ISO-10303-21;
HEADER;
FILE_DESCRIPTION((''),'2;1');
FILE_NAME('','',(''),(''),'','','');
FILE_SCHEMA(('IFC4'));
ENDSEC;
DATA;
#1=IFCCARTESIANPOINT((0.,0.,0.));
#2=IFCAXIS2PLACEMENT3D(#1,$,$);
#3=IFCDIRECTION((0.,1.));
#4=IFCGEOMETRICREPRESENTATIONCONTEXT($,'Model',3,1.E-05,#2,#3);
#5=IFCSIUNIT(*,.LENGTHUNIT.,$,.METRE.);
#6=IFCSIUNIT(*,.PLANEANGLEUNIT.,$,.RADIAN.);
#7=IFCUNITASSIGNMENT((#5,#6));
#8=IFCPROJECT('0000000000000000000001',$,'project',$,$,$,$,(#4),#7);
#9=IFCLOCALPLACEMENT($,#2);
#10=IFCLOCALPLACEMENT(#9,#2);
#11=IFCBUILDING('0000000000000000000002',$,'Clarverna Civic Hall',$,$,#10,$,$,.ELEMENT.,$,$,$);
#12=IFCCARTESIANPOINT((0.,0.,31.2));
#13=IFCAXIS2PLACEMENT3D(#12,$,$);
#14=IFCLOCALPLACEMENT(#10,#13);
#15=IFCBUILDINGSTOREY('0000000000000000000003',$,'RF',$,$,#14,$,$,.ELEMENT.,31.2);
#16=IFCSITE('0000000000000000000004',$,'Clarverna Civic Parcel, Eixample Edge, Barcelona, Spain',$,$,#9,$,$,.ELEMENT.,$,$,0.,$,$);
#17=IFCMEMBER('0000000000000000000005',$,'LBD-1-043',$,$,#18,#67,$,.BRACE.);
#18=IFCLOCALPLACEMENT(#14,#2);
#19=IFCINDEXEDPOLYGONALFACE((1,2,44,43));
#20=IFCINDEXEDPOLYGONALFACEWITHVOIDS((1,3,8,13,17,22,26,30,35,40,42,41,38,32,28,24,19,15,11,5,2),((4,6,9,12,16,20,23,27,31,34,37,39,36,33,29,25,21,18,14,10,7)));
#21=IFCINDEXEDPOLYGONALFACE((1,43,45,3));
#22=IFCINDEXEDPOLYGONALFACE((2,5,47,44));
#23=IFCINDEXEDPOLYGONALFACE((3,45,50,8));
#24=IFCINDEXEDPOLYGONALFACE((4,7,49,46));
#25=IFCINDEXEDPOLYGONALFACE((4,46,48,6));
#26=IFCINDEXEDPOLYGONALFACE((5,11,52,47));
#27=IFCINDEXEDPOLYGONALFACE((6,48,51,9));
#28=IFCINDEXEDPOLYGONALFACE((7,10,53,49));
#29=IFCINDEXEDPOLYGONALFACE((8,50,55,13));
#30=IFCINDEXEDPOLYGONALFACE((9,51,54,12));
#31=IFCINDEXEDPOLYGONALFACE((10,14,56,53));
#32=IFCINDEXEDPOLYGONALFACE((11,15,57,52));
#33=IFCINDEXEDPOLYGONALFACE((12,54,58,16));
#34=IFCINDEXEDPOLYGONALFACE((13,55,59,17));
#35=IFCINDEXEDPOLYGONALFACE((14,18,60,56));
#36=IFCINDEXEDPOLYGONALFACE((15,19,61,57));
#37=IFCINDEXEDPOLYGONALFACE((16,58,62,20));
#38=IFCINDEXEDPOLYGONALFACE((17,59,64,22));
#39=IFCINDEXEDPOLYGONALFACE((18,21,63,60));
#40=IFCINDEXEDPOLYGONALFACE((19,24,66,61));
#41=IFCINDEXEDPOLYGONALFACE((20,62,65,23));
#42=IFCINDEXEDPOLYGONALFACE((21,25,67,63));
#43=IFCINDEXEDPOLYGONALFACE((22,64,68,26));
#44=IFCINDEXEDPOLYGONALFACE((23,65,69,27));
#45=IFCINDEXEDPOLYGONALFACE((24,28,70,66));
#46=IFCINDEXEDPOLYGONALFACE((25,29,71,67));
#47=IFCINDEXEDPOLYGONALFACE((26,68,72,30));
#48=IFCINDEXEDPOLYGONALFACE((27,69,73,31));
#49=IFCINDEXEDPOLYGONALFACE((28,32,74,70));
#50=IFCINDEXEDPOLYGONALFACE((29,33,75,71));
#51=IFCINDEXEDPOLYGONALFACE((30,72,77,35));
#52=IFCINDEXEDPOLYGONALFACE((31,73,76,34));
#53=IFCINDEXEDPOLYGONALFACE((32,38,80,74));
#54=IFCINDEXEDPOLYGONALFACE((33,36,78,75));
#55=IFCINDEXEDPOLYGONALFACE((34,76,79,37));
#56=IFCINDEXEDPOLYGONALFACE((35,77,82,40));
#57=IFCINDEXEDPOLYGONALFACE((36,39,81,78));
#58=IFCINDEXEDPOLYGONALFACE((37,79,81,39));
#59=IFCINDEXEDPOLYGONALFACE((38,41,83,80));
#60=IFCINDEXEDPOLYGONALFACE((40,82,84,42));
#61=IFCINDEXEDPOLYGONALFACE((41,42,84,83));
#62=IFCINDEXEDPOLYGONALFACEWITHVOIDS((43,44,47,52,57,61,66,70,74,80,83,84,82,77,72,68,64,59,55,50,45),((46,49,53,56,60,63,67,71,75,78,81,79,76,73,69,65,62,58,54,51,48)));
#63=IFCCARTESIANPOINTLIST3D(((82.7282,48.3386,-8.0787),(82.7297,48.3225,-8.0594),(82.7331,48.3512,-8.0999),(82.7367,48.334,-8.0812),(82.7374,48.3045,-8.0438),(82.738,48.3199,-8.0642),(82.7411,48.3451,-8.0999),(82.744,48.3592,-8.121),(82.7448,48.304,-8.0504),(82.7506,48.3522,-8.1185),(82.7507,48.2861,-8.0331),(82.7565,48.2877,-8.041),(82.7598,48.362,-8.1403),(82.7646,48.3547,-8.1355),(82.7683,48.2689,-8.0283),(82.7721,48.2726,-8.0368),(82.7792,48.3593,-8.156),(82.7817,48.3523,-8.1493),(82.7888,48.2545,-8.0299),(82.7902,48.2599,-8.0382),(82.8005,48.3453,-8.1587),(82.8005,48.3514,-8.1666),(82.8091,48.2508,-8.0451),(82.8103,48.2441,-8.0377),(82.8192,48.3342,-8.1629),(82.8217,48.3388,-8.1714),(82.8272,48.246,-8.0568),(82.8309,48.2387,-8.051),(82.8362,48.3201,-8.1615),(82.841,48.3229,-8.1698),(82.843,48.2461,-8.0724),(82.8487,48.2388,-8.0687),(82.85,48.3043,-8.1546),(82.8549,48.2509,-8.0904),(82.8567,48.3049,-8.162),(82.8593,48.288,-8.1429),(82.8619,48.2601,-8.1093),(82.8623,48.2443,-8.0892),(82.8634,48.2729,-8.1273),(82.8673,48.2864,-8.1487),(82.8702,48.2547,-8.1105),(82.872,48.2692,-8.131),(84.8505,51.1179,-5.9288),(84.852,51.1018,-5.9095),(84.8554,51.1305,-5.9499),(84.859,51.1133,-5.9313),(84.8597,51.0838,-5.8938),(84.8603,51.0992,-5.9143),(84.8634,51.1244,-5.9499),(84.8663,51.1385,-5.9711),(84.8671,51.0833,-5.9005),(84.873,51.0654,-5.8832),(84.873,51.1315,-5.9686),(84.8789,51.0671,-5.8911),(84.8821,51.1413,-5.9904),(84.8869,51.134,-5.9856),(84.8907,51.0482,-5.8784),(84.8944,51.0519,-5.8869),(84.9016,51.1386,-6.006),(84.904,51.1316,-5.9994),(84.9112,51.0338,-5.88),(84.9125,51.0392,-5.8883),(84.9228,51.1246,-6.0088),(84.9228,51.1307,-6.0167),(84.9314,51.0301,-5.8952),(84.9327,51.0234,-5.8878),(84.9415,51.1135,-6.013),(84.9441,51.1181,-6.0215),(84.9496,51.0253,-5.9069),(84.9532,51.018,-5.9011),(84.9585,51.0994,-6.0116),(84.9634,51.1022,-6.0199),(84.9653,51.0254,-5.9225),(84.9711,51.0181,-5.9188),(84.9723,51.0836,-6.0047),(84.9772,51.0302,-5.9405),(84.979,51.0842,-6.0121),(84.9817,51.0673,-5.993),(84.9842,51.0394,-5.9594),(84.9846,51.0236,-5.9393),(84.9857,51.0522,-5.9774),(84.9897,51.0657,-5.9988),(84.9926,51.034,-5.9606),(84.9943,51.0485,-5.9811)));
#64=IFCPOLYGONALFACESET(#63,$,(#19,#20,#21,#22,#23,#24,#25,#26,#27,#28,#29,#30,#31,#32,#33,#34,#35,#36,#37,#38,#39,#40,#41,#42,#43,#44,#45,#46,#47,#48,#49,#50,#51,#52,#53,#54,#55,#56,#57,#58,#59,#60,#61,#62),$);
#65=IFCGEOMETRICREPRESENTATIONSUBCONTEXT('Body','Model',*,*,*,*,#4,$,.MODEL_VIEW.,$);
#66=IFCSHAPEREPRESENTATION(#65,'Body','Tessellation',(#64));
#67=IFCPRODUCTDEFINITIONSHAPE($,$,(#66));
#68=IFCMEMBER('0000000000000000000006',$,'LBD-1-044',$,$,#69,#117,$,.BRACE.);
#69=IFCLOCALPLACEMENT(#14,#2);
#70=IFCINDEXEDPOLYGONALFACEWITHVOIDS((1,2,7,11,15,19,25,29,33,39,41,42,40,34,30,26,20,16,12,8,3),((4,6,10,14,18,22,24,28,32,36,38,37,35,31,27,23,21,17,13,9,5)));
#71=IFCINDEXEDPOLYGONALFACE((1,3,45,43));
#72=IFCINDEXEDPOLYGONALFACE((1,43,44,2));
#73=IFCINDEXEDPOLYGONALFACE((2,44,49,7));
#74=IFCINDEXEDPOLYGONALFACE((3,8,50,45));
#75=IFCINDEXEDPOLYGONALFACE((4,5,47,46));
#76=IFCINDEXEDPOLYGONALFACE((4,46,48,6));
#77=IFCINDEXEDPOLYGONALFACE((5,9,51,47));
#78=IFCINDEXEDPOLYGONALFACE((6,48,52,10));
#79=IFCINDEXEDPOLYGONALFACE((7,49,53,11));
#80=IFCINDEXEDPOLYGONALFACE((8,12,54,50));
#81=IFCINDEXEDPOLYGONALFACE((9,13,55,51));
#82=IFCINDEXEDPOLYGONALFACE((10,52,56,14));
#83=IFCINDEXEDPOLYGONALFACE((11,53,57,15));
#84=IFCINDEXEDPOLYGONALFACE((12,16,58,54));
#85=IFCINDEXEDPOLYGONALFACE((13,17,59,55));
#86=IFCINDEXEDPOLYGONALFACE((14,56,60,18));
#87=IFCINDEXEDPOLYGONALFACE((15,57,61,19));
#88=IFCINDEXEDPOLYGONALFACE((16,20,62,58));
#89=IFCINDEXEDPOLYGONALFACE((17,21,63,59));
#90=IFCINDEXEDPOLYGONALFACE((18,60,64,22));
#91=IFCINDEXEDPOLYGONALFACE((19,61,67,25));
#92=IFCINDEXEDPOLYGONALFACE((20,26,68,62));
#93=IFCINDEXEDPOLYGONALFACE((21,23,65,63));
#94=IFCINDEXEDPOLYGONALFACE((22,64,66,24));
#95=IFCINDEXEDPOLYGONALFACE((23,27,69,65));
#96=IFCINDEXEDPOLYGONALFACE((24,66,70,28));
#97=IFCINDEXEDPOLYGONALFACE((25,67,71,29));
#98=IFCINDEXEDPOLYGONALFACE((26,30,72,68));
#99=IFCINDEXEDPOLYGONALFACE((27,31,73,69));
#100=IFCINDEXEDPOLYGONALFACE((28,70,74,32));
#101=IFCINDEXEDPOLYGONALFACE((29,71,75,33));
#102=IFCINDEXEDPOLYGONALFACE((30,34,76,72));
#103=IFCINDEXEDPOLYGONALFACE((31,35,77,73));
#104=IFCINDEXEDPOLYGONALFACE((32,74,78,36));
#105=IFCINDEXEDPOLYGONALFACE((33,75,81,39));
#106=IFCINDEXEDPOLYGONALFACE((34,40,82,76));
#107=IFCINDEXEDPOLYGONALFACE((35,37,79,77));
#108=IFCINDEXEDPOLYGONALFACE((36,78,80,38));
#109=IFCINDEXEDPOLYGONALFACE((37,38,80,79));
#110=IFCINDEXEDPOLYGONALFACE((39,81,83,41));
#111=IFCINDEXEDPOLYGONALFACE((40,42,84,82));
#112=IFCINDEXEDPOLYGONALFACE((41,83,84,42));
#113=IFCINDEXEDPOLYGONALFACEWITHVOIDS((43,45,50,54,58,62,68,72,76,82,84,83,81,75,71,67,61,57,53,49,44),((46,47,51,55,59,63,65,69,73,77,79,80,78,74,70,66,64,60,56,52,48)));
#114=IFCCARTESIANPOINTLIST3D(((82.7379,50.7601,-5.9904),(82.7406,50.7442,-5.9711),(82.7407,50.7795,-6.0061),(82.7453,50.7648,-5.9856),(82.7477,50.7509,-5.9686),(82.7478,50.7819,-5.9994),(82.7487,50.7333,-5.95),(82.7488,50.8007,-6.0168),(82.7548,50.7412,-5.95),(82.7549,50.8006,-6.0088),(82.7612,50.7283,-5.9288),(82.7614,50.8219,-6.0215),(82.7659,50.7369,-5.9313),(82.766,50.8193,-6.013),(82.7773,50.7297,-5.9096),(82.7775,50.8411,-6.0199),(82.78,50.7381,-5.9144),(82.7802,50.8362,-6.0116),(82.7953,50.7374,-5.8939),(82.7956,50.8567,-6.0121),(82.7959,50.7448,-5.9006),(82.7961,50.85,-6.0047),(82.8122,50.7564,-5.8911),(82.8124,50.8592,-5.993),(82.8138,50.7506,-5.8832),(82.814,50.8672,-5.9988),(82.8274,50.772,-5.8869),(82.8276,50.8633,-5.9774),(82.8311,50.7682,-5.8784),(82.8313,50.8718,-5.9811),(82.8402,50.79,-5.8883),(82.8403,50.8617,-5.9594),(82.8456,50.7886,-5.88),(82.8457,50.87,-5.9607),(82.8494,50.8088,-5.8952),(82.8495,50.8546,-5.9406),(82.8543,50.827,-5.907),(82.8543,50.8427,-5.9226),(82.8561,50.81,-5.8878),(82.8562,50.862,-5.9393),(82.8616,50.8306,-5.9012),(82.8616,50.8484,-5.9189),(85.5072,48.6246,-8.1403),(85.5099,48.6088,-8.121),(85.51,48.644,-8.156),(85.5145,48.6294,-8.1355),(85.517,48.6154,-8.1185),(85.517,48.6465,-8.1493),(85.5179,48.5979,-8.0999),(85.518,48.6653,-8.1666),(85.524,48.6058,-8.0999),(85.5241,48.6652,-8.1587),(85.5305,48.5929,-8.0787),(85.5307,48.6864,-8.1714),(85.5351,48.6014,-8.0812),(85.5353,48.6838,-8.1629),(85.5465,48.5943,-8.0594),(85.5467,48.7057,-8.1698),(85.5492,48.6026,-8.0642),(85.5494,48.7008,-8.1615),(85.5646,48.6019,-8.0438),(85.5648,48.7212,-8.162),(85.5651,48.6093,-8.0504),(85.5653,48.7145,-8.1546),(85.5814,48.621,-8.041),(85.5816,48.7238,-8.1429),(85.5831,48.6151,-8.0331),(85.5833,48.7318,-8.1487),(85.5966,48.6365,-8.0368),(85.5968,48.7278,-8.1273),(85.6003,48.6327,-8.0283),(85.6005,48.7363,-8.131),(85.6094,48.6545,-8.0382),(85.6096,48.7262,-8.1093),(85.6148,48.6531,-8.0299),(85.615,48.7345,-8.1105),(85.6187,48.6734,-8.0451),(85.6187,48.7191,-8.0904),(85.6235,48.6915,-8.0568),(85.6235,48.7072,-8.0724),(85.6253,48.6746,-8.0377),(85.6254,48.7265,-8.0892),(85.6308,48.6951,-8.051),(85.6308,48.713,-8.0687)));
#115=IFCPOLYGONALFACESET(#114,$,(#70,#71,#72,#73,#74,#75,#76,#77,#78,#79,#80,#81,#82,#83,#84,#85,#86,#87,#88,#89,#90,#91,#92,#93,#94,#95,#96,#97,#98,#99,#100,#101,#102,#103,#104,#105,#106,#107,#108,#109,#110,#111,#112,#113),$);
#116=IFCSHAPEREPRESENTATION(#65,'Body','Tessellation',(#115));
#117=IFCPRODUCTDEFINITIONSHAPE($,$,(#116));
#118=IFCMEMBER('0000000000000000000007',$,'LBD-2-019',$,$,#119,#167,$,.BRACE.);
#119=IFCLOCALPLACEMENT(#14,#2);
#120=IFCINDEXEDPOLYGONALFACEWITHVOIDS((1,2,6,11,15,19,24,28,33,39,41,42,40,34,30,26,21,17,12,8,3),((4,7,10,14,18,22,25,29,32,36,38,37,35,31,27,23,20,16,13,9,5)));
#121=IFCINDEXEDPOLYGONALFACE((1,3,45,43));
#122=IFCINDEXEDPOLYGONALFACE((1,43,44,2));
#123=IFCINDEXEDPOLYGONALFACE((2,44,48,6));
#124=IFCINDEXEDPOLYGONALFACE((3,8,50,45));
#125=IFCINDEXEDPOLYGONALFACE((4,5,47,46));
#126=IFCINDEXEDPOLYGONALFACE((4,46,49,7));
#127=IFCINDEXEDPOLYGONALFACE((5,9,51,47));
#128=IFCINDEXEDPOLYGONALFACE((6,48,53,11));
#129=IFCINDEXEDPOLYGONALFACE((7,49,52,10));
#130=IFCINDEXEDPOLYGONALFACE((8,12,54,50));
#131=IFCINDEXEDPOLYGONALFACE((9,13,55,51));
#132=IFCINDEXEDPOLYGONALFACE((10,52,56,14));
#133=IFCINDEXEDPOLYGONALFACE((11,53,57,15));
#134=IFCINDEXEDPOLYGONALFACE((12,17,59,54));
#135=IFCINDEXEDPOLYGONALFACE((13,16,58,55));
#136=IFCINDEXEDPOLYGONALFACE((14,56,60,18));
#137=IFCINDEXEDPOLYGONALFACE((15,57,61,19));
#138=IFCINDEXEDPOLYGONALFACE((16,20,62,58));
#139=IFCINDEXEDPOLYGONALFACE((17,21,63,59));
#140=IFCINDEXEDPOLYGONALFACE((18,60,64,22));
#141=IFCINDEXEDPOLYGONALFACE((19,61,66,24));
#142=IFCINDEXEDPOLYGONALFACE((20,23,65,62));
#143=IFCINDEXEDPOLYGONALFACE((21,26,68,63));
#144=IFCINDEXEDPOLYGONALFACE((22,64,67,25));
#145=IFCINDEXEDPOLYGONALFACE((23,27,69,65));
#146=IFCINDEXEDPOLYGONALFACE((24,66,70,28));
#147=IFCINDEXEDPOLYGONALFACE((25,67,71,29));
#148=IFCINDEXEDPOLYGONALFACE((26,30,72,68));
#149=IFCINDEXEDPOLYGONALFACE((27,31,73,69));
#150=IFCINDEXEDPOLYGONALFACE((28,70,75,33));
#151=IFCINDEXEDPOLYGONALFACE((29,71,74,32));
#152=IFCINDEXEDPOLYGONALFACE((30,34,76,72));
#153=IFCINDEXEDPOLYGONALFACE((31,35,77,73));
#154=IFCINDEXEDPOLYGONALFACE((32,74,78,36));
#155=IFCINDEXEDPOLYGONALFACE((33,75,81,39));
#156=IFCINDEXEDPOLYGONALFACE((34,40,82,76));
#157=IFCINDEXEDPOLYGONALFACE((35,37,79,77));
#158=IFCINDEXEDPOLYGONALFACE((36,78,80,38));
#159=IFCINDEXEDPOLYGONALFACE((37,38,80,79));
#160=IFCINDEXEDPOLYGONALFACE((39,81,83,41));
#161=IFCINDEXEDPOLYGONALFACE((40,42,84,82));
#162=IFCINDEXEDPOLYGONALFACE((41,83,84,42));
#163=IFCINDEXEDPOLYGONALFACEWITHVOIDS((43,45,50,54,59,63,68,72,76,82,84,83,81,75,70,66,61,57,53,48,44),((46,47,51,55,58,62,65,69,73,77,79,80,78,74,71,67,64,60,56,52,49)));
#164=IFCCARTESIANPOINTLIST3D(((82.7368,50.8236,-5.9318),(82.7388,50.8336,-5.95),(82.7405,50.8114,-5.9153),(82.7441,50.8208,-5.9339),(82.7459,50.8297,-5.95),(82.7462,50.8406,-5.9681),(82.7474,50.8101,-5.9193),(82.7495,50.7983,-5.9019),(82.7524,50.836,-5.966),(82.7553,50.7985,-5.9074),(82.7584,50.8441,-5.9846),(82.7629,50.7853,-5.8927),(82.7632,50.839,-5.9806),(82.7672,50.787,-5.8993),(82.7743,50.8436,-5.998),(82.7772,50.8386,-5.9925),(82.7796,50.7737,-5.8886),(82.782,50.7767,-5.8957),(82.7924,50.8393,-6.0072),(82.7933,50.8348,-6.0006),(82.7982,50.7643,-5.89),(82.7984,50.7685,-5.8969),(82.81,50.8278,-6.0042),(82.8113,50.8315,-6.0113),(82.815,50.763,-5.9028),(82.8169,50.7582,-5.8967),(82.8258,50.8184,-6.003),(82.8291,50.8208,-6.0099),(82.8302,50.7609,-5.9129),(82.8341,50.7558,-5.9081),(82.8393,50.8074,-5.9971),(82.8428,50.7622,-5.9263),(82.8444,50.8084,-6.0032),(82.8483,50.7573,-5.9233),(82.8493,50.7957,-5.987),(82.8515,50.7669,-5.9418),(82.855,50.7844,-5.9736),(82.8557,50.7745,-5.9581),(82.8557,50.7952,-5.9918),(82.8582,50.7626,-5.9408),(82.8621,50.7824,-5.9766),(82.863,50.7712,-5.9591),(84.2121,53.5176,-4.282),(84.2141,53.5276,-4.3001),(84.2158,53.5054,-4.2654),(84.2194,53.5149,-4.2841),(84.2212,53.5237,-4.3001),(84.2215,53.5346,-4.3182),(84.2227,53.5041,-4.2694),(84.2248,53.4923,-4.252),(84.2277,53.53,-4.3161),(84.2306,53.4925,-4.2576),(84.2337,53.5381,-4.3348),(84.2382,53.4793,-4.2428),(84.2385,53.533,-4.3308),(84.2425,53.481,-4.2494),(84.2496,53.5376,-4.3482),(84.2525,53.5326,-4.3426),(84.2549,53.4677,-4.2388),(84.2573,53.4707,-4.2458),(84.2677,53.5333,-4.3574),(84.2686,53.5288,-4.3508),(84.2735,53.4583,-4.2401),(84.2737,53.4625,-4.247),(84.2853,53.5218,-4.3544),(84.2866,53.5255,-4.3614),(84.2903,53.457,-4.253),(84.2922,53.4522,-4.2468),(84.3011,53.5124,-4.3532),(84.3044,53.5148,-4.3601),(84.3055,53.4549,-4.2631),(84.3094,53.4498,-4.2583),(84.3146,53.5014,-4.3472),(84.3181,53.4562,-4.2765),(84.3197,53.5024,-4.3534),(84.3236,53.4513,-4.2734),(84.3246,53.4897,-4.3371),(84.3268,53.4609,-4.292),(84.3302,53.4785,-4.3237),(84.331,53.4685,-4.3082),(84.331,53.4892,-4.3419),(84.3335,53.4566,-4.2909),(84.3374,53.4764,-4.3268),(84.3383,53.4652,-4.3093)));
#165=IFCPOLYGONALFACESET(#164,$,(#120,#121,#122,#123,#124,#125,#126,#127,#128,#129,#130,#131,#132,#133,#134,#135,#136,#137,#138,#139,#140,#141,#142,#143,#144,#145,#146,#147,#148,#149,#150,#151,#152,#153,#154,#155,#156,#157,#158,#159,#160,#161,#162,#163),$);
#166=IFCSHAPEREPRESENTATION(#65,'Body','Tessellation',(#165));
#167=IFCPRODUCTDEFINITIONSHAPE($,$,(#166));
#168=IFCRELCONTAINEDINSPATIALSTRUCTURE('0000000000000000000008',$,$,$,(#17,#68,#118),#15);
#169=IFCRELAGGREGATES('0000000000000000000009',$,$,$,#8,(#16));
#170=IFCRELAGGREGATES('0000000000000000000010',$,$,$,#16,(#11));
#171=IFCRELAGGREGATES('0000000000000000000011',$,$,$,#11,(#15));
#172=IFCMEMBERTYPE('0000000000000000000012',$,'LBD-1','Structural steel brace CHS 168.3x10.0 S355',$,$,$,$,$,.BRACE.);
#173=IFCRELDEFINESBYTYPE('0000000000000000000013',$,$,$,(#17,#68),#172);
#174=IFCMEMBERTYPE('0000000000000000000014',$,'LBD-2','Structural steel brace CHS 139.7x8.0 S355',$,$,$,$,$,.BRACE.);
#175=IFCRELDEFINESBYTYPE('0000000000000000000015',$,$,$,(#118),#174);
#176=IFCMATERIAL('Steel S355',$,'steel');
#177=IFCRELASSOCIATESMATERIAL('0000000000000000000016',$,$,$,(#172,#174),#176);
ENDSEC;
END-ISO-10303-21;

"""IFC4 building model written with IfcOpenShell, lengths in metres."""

from ifc_helpers import new_model, si_unit, direction, frame, origin, origin_2d, place, context, subcontext, project, spatial, hollow_circle, extrude, material, material_profile, profile_set, type_object, element, save


model = new_model("IFC4")

# Units and contexts
model_context = context("Model", 3, precision=1e-05, world=origin(), true_north=direction((0.0, 1.0)))
body_context = subcontext(model_context, "Body", "Model", "MODEL_VIEW")
ifc_project = project(units=[si_unit("LENGTHUNIT", "METRE"), si_unit("PLANEANGLEUNIT", "RADIAN")], contexts=[model_context])

# Site, building, storey
site_placement = place(None, origin())
site = spatial("IfcSite", under=ifc_project, at=site_placement, Name="Clarverna Civic Parcel, Eixample Edge, Barcelona, Spain", CompositionType="ELEMENT", RefElevation=0.0)
building_placement = place(site_placement, origin())
building = spatial("IfcBuilding", under=site, at=building_placement, Name="Clarverna Civic Hall", CompositionType="ELEMENT")
storey_placement = place(building_placement, frame((0.0, 0.0, 31.2)))
storey = spatial("IfcBuildingStorey", under=building, at=storey_placement, Name="RF", CompositionType="ELEMENT", Elevation=31.2)

# Members
ifc_material_1 = material(Name="Steel S355", Category="steel")
ifc_material_profile_1 = material_profile(ifc_material_1, hollow_circle(Radius=0.0842, WallThickness=0.01, at=origin_2d()), Name="CHS 168.3x10.0")
ifc_profile_set_1 = profile_set([ifc_material_profile_1], Name="Steel S355")
member_type_1 = type_object("IfcMemberType", Name="LBD-1", Description="Structural steel brace CHS 168.3x10.0 S355", PredefinedType="BRACE", material=ifc_profile_set_1)
for number, where, z_axis, x_axis, name in (
    (1, (82.8, 48.3, -8.0999), (0.517011, 0.677056, 0.523731), (-0.794776, 0.606903, 0.0), "LBD-1-043"),
    (2, (85.5693, 48.6646, -8.0999), (-0.674606, 0.520213, 0.523722), (-0.610658, -0.791894, 0.0), "LBD-1-044"),
):
    element("IfcMember", number, at=place(storey_placement, frame(where, z_axis=z_axis, x_axis=x_axis)), inside=storey, type_object=member_type_1, Name=name, PredefinedType="BRACE", context=body_context, shape_type="SweptSolid", body=[
        extrude(hollow_circle(Radius=0.0842, WallThickness=0.01, at=origin_2d()), origin(), (0.0, 0.0, 1.0), 4.105),
    ])
ifc_material_profile_2 = material_profile(ifc_material_1, hollow_circle(Radius=0.0698, WallThickness=0.0081, at=origin_2d()), Name="CHS 139.7x8.0")
ifc_profile_set_2 = profile_set([ifc_material_profile_2], Name="Steel S355")
member_type_2 = type_object("IfcMemberType", Name="LBD-2", Description="Structural steel brace CHS 139.7x8.0 S355", PredefinedType="BRACE", material=ifc_profile_set_2)
member_1_placement = place(storey_placement, frame((82.8, 50.8, -5.95), z_axis=(0.423136, 0.772681, 0.473201), x_axis=(-0.877095, 0.480316, 0.0)))
element("IfcMember", 3, at=member_1_placement, inside=storey, type_object=member_type_2, Name="LBD-2-019", PredefinedType="BRACE", context=body_context, shape_type="SweptSolid", body=[
    extrude(hollow_circle(Radius=0.0698, WallThickness=0.0081, at=origin_2d()), origin(), (0.0, 0.0, 1.0), 3.4866),
])

save(model, "model.ifc")
